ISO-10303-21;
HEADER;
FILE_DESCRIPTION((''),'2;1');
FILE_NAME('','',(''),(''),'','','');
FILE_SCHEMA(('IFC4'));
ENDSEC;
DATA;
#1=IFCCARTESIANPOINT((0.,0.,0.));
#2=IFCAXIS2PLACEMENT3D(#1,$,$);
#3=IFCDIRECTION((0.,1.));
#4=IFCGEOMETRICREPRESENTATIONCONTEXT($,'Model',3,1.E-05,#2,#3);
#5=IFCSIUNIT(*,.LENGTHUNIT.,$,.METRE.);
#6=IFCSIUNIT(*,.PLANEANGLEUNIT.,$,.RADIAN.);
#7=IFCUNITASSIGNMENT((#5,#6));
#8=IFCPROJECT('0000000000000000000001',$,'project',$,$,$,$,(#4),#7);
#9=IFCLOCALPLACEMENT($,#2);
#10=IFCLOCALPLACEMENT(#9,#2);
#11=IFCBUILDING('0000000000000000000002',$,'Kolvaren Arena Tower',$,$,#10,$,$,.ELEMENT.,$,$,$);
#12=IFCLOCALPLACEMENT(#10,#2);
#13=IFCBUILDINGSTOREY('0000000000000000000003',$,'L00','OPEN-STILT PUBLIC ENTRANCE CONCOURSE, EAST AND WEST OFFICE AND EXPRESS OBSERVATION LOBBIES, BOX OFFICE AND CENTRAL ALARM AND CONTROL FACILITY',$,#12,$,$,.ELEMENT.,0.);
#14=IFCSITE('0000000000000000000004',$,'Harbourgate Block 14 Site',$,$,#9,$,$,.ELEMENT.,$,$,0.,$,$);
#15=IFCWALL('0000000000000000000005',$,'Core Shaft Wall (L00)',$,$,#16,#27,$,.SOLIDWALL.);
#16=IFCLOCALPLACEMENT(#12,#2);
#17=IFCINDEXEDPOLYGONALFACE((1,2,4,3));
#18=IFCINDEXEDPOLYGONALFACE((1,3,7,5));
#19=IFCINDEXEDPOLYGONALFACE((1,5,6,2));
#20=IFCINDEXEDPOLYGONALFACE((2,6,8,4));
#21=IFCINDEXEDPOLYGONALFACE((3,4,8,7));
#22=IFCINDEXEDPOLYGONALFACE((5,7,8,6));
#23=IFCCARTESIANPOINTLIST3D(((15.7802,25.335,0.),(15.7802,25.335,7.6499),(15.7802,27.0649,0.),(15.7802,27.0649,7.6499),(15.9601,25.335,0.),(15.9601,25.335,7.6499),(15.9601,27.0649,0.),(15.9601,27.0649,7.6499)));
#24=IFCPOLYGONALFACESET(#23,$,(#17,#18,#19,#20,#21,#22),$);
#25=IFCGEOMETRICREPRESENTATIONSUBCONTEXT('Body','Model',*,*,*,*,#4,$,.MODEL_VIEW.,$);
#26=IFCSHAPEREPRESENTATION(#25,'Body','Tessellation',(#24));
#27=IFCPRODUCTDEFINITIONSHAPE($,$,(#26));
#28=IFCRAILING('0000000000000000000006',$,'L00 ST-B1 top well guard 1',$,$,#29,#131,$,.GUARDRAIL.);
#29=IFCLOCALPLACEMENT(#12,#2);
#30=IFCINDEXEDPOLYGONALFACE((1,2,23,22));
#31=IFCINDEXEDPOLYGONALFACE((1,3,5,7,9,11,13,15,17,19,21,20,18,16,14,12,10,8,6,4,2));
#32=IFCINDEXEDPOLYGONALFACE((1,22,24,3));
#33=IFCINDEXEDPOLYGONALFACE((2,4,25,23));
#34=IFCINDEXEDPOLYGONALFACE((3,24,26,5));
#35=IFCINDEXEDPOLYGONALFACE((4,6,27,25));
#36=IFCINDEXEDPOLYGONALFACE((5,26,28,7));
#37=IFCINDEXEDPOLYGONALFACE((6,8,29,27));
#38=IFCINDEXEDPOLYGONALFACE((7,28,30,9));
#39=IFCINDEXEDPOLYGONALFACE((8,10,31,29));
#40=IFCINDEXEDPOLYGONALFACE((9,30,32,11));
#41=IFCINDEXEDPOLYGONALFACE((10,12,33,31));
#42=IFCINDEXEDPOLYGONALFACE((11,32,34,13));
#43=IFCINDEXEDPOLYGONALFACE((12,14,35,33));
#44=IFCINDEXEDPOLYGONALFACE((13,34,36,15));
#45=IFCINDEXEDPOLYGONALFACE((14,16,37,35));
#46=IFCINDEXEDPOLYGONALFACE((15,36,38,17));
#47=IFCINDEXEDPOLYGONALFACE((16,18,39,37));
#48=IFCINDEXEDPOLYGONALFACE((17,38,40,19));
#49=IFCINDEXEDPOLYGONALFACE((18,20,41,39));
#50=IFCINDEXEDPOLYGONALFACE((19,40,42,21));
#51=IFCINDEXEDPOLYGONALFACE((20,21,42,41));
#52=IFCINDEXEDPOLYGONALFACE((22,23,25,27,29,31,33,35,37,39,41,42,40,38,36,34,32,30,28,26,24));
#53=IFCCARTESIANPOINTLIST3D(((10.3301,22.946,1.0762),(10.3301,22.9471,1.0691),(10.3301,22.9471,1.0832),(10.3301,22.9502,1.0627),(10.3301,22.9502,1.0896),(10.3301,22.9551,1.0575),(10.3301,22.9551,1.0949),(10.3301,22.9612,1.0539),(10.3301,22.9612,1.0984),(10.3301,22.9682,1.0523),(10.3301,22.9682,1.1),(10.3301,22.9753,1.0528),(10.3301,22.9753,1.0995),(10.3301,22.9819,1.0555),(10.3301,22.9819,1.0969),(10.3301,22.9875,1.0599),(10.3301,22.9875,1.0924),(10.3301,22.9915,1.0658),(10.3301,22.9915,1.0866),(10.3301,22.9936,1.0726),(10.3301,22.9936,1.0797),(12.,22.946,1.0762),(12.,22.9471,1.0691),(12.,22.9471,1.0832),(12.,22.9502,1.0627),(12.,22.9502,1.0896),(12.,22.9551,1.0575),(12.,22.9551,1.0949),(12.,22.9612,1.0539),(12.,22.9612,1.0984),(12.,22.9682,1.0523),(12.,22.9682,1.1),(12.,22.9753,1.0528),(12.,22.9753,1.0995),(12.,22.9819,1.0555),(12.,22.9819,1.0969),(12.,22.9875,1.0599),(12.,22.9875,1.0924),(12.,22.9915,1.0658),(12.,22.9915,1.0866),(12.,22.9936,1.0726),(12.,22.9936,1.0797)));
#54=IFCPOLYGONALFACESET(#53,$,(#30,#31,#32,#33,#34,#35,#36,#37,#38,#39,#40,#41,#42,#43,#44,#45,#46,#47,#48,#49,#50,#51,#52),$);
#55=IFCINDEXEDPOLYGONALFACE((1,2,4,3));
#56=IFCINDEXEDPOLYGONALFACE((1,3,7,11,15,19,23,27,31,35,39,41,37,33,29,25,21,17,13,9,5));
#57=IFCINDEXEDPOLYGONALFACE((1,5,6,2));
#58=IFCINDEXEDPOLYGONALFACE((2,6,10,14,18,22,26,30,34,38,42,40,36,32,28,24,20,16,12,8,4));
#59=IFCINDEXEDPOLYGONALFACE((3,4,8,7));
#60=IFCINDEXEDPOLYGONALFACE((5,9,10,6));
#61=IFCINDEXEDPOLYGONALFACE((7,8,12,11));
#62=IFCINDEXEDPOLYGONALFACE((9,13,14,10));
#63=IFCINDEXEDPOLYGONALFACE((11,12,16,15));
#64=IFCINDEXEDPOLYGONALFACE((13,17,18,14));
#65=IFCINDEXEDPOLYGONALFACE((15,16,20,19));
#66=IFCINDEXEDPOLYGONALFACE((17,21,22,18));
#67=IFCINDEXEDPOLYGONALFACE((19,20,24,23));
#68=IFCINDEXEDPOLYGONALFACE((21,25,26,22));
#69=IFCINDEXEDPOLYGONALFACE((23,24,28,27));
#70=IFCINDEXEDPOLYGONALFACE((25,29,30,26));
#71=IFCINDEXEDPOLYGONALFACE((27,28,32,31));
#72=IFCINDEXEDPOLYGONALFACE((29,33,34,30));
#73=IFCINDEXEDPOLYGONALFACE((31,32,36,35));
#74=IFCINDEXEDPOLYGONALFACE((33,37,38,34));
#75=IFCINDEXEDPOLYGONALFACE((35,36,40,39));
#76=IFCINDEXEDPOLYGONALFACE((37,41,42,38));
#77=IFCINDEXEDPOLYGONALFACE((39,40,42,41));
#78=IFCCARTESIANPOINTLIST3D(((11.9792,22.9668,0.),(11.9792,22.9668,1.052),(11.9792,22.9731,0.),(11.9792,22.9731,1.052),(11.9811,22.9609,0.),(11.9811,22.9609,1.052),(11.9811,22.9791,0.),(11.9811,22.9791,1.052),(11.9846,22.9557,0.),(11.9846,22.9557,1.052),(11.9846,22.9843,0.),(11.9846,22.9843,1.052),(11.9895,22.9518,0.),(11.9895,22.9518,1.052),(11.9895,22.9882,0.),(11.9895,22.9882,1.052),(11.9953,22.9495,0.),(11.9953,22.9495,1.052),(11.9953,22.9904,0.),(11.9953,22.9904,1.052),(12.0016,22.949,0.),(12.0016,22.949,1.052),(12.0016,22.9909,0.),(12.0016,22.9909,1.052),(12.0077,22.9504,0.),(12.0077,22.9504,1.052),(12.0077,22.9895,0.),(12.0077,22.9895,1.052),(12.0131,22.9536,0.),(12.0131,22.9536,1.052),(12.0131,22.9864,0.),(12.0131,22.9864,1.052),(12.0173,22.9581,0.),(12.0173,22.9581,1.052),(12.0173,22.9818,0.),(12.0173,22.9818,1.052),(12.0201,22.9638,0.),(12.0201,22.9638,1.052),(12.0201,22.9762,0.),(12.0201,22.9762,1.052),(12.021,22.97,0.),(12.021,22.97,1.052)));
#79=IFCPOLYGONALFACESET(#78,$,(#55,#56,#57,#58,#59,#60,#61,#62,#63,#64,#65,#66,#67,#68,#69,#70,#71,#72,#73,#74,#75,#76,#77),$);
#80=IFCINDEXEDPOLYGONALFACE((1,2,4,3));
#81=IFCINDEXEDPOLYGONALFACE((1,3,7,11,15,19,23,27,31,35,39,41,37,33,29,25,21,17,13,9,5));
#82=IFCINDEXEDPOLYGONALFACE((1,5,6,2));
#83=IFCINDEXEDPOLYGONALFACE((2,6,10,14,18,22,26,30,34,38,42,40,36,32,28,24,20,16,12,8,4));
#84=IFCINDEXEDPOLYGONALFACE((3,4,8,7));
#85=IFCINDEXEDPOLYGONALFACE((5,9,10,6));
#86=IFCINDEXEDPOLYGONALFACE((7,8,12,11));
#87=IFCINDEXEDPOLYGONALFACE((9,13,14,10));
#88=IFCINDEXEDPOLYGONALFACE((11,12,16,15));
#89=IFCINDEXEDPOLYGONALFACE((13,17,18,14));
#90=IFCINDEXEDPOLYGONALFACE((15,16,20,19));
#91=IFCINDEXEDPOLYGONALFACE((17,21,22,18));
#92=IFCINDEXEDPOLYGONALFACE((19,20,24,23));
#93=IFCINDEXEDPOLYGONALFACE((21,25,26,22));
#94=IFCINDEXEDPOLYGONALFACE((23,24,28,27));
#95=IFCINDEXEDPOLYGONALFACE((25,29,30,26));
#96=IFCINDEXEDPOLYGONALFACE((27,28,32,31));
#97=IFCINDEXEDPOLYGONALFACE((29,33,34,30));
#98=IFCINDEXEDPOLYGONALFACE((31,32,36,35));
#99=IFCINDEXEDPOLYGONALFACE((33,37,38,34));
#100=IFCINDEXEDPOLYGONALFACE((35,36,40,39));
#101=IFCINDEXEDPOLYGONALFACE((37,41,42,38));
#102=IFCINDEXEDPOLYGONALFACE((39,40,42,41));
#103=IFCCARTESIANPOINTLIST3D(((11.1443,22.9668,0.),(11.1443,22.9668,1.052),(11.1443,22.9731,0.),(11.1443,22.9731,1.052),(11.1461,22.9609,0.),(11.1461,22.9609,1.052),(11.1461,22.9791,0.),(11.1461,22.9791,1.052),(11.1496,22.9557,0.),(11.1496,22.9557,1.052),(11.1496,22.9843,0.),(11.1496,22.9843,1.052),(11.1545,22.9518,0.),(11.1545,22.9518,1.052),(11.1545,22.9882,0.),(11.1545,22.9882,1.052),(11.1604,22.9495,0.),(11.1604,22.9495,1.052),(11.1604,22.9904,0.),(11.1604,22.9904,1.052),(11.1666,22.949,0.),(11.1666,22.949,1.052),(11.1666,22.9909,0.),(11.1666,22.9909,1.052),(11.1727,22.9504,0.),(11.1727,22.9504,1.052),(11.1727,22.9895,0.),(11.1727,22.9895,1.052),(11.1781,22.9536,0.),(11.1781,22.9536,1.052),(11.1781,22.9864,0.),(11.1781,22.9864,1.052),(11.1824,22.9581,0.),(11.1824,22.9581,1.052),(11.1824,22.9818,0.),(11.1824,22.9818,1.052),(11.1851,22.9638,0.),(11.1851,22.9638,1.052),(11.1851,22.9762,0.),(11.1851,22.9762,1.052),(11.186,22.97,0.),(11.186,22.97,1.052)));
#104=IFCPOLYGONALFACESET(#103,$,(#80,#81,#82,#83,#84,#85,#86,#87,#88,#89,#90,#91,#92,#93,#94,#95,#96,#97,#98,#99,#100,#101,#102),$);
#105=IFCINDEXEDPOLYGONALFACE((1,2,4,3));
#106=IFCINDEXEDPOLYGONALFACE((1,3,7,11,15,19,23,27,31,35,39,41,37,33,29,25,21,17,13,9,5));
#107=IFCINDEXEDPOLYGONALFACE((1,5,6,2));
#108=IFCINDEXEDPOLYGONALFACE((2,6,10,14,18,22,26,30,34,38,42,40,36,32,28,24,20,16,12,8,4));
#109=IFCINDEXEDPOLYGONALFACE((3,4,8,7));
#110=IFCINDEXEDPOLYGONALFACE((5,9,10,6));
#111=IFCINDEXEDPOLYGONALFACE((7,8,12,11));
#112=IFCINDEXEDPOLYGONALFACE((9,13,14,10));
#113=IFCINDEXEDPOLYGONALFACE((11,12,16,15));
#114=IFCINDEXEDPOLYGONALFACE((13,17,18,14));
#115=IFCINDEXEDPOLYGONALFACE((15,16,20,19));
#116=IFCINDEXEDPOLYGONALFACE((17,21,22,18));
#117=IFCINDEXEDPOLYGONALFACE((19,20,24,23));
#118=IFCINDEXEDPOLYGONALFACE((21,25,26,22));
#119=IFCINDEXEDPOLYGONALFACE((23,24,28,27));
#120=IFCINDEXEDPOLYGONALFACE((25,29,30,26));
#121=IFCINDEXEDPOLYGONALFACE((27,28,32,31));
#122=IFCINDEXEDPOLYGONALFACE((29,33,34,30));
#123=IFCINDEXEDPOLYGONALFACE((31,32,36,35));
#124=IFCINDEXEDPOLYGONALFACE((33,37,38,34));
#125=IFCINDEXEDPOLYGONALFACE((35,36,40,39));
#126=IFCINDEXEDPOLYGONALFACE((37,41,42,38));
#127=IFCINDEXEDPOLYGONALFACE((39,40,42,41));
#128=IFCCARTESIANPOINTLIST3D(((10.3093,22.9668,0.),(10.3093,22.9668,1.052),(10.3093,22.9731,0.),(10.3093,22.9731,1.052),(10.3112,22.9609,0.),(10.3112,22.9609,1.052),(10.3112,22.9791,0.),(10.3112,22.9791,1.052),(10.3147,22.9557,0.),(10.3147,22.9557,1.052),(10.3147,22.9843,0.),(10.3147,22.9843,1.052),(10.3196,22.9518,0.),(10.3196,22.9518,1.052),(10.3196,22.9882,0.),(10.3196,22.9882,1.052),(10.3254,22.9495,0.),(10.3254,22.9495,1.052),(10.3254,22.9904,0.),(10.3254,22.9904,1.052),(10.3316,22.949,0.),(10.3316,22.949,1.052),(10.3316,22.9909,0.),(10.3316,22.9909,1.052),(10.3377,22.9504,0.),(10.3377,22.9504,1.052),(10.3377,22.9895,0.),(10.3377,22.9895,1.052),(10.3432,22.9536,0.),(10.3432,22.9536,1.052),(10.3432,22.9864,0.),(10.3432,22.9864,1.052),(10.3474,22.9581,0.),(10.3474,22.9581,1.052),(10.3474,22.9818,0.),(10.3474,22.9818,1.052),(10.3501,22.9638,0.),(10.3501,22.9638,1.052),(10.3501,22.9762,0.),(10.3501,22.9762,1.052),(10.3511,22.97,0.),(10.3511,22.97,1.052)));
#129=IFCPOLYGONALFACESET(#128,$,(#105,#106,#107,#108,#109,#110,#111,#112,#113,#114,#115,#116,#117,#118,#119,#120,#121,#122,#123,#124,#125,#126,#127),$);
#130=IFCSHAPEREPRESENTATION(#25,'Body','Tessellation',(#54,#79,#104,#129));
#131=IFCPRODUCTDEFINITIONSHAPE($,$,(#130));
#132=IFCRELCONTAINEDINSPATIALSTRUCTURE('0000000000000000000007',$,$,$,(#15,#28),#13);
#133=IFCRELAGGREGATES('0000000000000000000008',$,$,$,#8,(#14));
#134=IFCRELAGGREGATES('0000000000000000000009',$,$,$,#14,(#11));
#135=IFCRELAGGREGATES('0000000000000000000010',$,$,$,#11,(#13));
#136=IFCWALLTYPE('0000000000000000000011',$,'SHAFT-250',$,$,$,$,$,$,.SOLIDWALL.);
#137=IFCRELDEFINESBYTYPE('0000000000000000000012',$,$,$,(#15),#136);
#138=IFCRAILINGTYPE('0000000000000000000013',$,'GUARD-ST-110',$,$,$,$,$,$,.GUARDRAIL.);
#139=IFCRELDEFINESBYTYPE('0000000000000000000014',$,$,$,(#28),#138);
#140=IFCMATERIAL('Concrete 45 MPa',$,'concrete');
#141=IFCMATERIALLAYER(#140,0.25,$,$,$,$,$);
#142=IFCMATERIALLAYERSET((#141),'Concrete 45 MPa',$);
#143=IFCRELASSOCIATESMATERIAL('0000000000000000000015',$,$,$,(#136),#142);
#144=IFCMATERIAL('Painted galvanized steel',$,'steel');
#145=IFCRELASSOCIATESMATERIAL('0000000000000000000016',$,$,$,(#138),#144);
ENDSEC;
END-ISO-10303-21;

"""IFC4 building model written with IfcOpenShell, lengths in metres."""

from ifc_helpers import new_model, si_unit, direction, frame, frame_2d, origin, origin_2d, place, context, subcontext, project, spatial, rectangle, circle, extrude, material, layer, layer_set, type_object, element, save


model = new_model("IFC4")

# Units and contexts
model_context = context("Model", 3, precision=1e-05, world=origin(), true_north=direction((0.0, 1.0)))
body_context = subcontext(model_context, "Body", "Model", "MODEL_VIEW")
ifc_project = project(units=[si_unit("LENGTHUNIT", "METRE"), si_unit("PLANEANGLEUNIT", "RADIAN")], contexts=[model_context])

# Site, building, storey
site_placement = place(None, origin())
site = spatial("IfcSite", under=ifc_project, at=site_placement, Name="Harbourgate Block 14 Site", CompositionType="ELEMENT", RefElevation=0.0)
building_placement = place(site_placement, origin())
building = spatial("IfcBuilding", under=site, at=building_placement, Name="Kolvaren Arena Tower", CompositionType="ELEMENT")
storey_placement = place(building_placement, origin())
storey = spatial("IfcBuildingStorey", under=building, at=storey_placement, Name="L00", Description="OPEN-STILT PUBLIC ENTRANCE CONCOURSE, EAST AND WEST OFFICE AND EXPRESS OBSERVATION LOBBIES, BOX OFFICE AND CENTRAL ALARM AND CONTROL FACILITY", CompositionType="ELEMENT", Elevation=0.0)

# Shared definitions
ifc_material_1 = material(Name="Concrete 45 MPa", Category="concrete")
ifc_layer_1 = layer(ifc_material_1, 0.25)
ifc_layer_set_1 = layer_set([ifc_layer_1], Name="Concrete 45 MPa")
wall_type_1 = type_object("IfcWallType", Name="SHAFT-250", PredefinedType="SOLIDWALL", material=ifc_layer_set_1)

# Wall
wall_1_placement = place(storey_placement, frame((15.8701, 25.335, 0.0), z_axis=(0.0, 0.0, 1.0), x_axis=(0.0, 1.0, 0.0)))
element("IfcWall", 1, at=wall_1_placement, inside=storey, type_object=wall_type_1, Name="Core Shaft Wall (L00)", PredefinedType="SOLIDWALL", context=body_context, shape_type="SweptSolid", body=[
    extrude(rectangle(XDim=1.73, YDim=0.1799, at=frame_2d((0.865, 0.0))), origin(), (0.0, 0.0, 1.0), 7.6499),
])

# Railing
ifc_material_2 = material(Name="Painted galvanized steel", Category="steel")
railing_type = type_object("IfcRailingType", Name="GUARD-ST-110", PredefinedType="GUARDRAIL", material=ifc_material_2)
railing_placement = place(storey_placement, frame((12.0, 22.97, 0.0)))
element("IfcRailing", 2, at=railing_placement, inside=storey, type_object=railing_type, Name="L00 ST-B1 top well guard 1", PredefinedType="GUARDRAIL", context=body_context, shape_type="SweptSolid", body=[
    extrude(circle(Radius=0.0239, at=origin_2d()), frame((0.0, 0.0, 1.0762), z_axis=(-1.0, 0.0, 0.0), x_axis=(0.0, -1.0, 0.0)), (0.0, 0.0, 1.0), 1.6699),
    extrude(circle(Radius=0.021, at=origin_2d()), origin(), (0.0, 0.0, 1.0), 1.052),
    extrude(circle(Radius=0.021, at=origin_2d()), frame((-0.835, 0.0, 0.0)), (0.0, 0.0, 1.0), 1.052),
    extrude(circle(Radius=0.021, at=origin_2d()), frame((-1.6699, 0.0, 0.0)), (0.0, 0.0, 1.0), 1.052),
])

save(model, "model.ifc")
